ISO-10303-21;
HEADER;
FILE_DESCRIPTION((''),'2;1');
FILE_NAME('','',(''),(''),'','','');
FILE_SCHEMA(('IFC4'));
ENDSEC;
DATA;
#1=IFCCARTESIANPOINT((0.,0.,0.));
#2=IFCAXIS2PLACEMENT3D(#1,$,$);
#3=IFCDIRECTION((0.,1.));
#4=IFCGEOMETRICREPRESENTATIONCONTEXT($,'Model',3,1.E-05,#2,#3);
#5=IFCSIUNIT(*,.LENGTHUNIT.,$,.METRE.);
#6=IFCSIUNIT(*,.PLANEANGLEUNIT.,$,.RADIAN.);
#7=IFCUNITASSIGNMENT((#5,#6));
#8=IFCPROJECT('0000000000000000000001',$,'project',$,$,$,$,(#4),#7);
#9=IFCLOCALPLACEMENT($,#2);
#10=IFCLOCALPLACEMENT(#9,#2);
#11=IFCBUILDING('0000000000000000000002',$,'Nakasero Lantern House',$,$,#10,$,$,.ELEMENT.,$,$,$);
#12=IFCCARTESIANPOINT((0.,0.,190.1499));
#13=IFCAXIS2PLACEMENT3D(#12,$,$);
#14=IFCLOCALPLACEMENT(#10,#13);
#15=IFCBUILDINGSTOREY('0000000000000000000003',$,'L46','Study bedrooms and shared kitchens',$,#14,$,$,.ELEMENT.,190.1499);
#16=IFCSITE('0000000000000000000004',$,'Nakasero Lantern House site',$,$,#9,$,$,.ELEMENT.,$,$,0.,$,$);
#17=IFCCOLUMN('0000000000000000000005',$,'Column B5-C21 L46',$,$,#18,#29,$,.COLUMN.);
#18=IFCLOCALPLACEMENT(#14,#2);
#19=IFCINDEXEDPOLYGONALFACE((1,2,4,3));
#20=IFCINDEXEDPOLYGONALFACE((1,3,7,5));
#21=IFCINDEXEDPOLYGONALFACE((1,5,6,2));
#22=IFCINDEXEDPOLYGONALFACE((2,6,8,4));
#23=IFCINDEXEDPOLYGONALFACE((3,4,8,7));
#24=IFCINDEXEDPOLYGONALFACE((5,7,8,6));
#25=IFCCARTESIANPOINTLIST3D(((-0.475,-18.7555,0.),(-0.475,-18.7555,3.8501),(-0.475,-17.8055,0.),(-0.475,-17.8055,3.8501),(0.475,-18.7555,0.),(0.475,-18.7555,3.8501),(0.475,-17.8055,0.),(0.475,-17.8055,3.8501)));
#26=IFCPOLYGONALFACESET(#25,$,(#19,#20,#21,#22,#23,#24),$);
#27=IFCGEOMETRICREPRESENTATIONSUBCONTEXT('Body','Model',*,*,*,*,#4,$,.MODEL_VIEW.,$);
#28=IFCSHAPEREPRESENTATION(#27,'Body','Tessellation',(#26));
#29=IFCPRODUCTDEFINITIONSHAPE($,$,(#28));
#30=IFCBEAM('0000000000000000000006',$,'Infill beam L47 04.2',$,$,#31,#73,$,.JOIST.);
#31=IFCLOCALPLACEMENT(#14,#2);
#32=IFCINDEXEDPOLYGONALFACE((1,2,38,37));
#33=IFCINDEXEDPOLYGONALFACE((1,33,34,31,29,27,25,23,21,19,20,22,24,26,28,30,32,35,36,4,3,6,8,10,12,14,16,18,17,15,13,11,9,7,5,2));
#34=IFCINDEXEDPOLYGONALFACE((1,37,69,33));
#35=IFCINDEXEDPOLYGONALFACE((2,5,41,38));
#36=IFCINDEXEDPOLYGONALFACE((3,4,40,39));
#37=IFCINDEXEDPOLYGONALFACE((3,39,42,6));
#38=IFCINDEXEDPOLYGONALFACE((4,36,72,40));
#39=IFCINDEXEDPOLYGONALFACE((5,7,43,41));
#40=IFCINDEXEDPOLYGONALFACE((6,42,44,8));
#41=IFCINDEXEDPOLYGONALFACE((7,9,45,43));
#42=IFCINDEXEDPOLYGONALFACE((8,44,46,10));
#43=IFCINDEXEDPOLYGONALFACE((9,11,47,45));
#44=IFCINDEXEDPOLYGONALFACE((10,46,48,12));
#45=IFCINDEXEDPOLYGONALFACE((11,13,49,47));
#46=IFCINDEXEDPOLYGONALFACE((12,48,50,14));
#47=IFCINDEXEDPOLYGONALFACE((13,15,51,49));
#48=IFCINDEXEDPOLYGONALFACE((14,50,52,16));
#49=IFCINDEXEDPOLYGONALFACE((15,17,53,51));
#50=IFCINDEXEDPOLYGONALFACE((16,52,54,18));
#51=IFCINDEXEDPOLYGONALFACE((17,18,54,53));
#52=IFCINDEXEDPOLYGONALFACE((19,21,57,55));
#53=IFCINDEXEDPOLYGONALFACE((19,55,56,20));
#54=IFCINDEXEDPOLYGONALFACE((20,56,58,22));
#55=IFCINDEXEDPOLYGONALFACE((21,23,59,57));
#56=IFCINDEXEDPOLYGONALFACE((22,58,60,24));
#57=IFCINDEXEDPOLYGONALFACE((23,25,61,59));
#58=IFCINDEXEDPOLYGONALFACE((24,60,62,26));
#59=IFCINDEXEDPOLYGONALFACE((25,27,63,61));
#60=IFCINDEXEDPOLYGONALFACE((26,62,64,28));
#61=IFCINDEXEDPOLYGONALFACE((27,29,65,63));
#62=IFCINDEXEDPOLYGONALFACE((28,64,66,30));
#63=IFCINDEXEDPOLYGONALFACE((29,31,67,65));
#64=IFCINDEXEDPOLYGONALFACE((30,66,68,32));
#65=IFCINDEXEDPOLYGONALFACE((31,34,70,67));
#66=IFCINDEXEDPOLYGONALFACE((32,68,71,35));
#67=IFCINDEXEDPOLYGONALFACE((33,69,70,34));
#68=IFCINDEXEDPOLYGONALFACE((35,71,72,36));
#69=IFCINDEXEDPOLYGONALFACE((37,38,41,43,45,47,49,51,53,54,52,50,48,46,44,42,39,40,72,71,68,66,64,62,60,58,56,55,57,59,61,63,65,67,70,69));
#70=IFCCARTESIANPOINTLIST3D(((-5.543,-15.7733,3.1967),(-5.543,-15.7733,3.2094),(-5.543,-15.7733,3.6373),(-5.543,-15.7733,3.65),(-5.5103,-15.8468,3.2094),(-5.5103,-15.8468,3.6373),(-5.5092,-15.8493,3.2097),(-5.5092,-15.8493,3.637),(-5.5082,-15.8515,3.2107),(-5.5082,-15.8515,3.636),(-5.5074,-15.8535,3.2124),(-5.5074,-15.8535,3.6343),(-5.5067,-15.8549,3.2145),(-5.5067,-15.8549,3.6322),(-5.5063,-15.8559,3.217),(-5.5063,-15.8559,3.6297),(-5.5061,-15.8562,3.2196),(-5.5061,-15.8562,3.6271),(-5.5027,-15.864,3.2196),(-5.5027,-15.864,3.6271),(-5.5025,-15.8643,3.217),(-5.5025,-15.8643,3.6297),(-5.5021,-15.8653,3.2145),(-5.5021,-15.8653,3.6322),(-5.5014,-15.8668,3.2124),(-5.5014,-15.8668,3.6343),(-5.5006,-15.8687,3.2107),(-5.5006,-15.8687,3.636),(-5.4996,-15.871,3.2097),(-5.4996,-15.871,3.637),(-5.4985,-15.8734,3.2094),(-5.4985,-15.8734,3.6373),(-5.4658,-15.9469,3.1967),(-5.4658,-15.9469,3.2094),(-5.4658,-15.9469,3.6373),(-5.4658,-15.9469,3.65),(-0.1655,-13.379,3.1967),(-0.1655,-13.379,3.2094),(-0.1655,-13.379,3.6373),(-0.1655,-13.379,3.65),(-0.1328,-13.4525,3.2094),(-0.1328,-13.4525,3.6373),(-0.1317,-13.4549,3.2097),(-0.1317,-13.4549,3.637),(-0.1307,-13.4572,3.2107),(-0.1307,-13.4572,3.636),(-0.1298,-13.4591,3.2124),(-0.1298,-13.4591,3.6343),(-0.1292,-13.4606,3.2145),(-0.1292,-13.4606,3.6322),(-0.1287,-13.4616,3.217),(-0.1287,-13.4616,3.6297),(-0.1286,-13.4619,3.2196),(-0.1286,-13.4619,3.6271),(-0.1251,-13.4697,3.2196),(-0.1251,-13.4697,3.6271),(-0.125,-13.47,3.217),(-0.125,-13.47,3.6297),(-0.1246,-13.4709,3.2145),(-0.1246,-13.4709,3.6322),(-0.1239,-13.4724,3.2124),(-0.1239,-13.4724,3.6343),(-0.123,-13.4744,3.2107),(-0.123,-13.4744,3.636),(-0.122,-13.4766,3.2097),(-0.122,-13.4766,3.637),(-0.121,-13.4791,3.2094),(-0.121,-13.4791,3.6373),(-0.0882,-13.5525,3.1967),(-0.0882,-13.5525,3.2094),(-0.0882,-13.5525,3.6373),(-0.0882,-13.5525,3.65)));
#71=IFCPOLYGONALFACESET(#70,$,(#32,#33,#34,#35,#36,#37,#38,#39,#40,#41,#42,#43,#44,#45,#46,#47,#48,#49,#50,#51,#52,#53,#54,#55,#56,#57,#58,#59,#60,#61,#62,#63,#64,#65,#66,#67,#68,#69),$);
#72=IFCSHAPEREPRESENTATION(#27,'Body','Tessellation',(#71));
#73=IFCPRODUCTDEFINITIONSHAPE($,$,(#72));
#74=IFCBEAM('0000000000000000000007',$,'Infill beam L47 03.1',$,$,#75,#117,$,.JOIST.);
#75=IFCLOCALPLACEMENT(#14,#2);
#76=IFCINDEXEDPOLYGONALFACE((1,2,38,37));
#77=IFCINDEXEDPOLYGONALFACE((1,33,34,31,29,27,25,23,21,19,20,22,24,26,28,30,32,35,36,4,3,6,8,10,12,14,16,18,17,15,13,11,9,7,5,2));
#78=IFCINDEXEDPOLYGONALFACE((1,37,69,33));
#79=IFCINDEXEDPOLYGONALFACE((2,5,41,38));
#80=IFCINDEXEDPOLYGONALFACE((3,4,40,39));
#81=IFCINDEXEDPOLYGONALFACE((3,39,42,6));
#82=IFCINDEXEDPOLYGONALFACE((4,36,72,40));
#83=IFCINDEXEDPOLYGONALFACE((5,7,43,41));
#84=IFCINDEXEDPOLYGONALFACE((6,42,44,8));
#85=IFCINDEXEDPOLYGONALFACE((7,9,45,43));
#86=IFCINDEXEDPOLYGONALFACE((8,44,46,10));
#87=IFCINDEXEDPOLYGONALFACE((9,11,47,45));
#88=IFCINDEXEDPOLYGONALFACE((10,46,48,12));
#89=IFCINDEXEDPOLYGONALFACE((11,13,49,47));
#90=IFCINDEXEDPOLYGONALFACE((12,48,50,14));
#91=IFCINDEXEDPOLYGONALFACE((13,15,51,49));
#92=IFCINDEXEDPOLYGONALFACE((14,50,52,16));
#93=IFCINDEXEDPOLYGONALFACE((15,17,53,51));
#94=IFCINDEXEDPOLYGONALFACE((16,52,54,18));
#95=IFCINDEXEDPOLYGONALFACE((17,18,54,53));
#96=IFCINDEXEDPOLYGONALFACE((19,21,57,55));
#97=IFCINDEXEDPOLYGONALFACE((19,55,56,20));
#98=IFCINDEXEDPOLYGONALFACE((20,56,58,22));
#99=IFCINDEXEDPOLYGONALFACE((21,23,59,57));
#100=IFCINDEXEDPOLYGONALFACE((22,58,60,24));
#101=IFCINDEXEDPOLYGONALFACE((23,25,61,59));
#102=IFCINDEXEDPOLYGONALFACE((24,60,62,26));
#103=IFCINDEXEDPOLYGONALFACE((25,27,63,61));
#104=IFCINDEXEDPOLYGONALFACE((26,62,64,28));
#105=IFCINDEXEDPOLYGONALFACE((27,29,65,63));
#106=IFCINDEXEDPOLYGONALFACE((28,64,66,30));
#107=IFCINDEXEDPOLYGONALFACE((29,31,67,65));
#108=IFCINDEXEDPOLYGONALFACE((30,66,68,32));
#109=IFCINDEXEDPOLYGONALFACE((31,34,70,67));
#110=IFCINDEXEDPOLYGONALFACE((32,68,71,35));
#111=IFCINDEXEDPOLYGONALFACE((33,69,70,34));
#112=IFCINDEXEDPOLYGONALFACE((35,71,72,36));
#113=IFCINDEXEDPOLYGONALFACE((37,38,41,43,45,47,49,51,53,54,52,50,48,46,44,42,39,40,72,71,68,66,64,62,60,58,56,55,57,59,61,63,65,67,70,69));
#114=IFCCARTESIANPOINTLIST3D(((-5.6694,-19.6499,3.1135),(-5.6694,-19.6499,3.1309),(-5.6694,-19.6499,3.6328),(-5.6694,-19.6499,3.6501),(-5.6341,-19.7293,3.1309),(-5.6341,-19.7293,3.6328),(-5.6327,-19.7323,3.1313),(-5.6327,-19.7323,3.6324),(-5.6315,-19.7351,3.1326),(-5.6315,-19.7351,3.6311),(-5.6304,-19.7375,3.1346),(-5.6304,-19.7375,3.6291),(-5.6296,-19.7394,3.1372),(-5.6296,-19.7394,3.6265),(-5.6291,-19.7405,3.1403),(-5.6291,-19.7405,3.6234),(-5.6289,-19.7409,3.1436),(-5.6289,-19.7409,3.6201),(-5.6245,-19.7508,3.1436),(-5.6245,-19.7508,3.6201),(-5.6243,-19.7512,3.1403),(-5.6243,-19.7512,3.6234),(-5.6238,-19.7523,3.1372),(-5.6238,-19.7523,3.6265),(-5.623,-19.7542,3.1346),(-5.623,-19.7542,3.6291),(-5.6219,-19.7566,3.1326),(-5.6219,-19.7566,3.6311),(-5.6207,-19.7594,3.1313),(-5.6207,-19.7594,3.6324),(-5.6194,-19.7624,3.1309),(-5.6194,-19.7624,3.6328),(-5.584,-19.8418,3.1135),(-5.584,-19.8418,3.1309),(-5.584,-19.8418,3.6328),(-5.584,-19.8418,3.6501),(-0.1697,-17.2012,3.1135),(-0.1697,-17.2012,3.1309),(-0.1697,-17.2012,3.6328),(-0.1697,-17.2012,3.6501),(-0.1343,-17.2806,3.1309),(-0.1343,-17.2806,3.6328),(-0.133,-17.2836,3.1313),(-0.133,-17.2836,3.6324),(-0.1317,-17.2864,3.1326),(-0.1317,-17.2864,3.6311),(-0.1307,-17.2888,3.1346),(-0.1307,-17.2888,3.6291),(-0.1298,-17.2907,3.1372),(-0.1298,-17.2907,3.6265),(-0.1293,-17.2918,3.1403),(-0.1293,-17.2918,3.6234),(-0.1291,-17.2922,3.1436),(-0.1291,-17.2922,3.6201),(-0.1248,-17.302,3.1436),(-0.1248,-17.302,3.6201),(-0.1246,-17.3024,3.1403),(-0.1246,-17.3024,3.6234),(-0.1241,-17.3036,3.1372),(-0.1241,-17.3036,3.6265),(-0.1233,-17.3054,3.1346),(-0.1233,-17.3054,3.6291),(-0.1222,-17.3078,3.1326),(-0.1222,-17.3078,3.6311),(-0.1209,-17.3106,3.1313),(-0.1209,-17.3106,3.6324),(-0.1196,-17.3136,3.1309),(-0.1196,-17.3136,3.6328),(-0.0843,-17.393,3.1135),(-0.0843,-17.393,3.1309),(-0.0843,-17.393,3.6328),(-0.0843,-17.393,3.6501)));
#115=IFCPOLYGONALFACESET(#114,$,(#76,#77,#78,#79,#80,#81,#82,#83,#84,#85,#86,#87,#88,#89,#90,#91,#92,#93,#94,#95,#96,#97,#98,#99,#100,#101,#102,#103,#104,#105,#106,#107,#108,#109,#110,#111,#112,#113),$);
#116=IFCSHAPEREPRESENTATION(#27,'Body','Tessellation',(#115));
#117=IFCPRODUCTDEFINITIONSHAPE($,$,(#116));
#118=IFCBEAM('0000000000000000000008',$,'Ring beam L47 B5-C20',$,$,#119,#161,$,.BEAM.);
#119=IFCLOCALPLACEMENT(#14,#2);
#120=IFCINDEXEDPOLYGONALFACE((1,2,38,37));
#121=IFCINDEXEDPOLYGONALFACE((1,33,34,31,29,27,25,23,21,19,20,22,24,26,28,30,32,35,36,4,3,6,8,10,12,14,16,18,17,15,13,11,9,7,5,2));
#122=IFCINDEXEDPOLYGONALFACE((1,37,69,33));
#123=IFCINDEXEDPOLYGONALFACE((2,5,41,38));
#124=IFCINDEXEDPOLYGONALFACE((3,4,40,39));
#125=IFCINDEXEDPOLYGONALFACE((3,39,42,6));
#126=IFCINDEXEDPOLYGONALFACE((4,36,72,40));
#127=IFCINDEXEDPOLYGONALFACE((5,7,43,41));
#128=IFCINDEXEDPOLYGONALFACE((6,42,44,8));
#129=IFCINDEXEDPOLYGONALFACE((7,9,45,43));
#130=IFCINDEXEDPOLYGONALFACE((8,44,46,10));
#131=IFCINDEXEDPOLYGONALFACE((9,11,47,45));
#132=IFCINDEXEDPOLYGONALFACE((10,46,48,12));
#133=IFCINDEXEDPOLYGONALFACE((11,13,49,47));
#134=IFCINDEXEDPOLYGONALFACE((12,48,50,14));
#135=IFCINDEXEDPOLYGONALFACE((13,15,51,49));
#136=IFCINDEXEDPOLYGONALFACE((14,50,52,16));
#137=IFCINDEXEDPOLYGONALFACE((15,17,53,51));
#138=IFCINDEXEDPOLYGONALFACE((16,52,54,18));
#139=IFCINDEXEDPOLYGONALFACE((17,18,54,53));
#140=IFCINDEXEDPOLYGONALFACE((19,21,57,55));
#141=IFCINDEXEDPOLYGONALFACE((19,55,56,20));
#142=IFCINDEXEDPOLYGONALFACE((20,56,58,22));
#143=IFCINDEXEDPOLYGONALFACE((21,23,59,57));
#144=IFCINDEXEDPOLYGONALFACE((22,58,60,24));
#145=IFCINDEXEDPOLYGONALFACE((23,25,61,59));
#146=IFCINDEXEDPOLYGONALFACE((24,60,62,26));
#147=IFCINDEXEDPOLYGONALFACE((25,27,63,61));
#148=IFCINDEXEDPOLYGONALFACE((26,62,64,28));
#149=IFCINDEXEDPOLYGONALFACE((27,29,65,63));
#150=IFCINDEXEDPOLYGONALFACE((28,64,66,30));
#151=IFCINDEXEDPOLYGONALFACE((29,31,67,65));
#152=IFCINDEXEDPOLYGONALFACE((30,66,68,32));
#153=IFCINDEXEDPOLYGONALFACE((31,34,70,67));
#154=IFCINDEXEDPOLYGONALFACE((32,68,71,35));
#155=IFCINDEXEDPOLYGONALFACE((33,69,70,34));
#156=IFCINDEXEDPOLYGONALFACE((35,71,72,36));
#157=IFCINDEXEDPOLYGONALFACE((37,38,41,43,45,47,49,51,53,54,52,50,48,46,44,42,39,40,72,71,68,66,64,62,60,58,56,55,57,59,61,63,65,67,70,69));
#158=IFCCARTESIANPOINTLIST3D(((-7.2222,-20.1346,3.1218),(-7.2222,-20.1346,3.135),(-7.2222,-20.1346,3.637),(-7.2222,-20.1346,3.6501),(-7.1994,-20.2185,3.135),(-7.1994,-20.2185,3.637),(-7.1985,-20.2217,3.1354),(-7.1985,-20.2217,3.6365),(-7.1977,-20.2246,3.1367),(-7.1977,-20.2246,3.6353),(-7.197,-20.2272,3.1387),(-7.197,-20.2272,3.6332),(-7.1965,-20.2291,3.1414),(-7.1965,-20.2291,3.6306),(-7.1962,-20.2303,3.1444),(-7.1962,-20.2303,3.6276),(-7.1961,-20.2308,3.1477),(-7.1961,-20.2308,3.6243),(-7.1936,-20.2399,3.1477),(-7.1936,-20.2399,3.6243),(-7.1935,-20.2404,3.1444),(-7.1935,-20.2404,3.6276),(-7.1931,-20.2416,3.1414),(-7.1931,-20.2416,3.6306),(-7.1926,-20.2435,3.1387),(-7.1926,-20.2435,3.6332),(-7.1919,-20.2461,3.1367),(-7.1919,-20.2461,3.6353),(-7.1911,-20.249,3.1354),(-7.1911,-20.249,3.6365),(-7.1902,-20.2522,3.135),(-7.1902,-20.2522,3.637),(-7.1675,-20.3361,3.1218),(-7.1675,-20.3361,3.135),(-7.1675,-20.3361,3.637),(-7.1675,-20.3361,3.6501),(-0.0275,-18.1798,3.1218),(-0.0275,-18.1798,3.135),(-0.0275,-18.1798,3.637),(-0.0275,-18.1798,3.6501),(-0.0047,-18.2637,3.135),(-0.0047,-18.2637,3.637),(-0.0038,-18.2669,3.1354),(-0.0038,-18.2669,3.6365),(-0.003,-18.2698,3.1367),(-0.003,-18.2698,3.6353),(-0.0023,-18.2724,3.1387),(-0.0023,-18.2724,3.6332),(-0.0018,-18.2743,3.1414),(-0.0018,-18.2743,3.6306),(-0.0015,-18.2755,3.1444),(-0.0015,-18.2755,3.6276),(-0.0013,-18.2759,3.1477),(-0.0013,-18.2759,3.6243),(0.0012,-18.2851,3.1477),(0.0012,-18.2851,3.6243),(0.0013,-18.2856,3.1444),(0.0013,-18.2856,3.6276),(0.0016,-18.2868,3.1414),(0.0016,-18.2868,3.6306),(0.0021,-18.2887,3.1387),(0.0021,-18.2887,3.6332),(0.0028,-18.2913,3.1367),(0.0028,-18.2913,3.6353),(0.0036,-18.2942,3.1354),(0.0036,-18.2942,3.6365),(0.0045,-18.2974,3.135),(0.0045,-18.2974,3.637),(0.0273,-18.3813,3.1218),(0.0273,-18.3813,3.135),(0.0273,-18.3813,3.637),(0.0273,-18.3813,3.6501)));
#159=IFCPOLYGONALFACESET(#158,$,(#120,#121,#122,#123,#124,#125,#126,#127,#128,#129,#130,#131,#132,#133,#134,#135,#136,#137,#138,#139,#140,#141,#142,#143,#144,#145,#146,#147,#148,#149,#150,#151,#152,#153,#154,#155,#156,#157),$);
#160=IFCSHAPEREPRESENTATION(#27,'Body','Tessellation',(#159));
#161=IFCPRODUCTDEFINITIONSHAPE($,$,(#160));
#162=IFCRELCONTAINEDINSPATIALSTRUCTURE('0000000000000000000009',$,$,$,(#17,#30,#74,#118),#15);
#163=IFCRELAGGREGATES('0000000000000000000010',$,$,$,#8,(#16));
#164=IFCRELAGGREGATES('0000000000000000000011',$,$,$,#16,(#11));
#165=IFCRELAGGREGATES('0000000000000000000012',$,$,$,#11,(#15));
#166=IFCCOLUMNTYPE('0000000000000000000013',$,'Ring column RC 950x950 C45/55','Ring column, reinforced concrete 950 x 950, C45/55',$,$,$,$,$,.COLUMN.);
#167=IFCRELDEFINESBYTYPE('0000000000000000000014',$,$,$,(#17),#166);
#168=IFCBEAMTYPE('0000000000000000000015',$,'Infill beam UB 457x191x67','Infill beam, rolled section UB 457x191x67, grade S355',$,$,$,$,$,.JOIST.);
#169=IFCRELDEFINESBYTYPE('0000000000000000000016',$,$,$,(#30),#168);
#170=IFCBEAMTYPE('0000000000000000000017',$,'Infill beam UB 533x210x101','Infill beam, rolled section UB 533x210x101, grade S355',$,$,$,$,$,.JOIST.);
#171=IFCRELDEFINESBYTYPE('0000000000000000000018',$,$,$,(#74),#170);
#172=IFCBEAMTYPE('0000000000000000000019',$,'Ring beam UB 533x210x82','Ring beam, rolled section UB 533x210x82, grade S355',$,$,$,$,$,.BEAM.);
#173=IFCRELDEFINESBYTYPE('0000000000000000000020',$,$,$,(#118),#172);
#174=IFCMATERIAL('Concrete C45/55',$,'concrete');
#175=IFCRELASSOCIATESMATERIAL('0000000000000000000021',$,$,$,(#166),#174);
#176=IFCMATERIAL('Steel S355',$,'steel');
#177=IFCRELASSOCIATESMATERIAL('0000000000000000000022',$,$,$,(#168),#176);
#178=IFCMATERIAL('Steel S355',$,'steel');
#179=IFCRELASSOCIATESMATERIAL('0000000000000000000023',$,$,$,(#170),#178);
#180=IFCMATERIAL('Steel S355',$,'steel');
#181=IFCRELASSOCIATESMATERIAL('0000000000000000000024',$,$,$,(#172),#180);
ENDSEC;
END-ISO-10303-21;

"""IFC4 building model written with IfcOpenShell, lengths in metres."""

from ifc_helpers import new_model, si_unit, direction, frame, origin, origin_2d, place, context, subcontext, project, spatial, rectangle, i_section, extrude, material, material_profile, profile_set, type_object, element, save


model = new_model("IFC4")

# Units and contexts
model_context = context("Model", 3, precision=1e-05, world=origin(), true_north=direction((0.0, 1.0)))
body_context = subcontext(model_context, "Body", "Model", "MODEL_VIEW")
ifc_project = project(units=[si_unit("LENGTHUNIT", "METRE"), si_unit("PLANEANGLEUNIT", "RADIAN")], contexts=[model_context])

# Site, building, storey
site_placement = place(None, origin())
site = spatial("IfcSite", under=ifc_project, at=site_placement, Name="Nakasero Lantern House site", CompositionType="ELEMENT", RefElevation=0.0)
building_placement = place(site_placement, origin())
building = spatial("IfcBuilding", under=site, at=building_placement, Name="Nakasero Lantern House", CompositionType="ELEMENT")
storey_placement = place(building_placement, frame((0.0, 0.0, 190.1499)))
storey = spatial("IfcBuildingStorey", under=building, at=storey_placement, Name="L46", Description="Study bedrooms and shared kitchens", CompositionType="ELEMENT", Elevation=190.1499)

# Column
ifc_material_1 = material(Name="Concrete C45/55", Category="concrete")
ifc_material_profile_1 = material_profile(ifc_material_1, rectangle(XDim=0.95, YDim=0.95, at=origin_2d()), Name="RC 950x950")
ifc_profile_set_1 = profile_set([ifc_material_profile_1], Name="Concrete C45/55")
column_type = type_object("IfcColumnType", Name="Ring column RC 950x950 C45/55", Description="Ring column, reinforced concrete 950 x 950, C45/55", PredefinedType="COLUMN", material=ifc_profile_set_1)
column_placement = place(storey_placement, frame((0.0, -18.2805, 0.0), z_axis=(0.0, 0.0, 1.0), x_axis=(1.0, 0.0, 0.0)))
element("IfcColumn", 1, at=column_placement, inside=storey, type_object=column_type, Name="Column B5-C21 L46", PredefinedType="COLUMN", context=body_context, shape_type="SweptSolid", body=[
    extrude(rectangle(XDim=0.95, YDim=0.95, at=origin_2d()), origin(), (0.0, 0.0, 1.0), 3.8501),
])

# Beams
ifc_material_2 = material(Name="Steel S355", Category="steel")
ifc_material_profile_2 = material_profile(ifc_material_2, i_section(OverallWidth=0.1899, OverallDepth=0.4534, WebThickness=0.0085, FlangeThickness=0.0127, FilletRadius=0.0103, at=origin_2d()), Name="UB 457x191x67")
ifc_profile_set_2 = profile_set([ifc_material_profile_2], Name="Steel S355")
beam_type_1 = type_object("IfcBeamType", Name="Infill beam UB 457x191x67", Description="Infill beam, rolled section UB 457x191x67, grade S355", PredefinedType="JOIST", material=ifc_profile_set_2)
beam_1_placement = place(storey_placement, frame((-5.5044, -15.8601, 3.4233), z_axis=(0.913539, 0.40675, 0.0), x_axis=(-0.40675, 0.913539, 0.0)))
element("IfcBeam", 2, at=beam_1_placement, inside=storey, type_object=beam_type_1, Name="Infill beam L47 04.2", PredefinedType="JOIST", context=body_context, shape_type="SweptSolid", body=[
    extrude(i_section(OverallWidth=0.1899, OverallDepth=0.4534, WebThickness=0.0085, FlangeThickness=0.0127, FilletRadius=0.0103, at=origin_2d()), origin(), (0.0, 0.0, 1.0), 5.8865),
])
ifc_material_3 = material(Name="Steel S355", Category="steel")
ifc_material_profile_3 = material_profile(ifc_material_3, i_section(OverallWidth=0.21, OverallDepth=0.5366, WebThickness=0.0107, FlangeThickness=0.0173, FilletRadius=0.0127, at=origin_2d()), Name="UB 533x210x101")
ifc_profile_set_3 = profile_set([ifc_material_profile_3], Name="Steel S355")
beam_type_2 = type_object("IfcBeamType", Name="Infill beam UB 533x210x101", Description="Infill beam, rolled section UB 533x210x101, grade S355", PredefinedType="JOIST", material=ifc_profile_set_3)
beam_2_placement = place(storey_placement, frame((-5.6267, -19.7458, 3.3818), z_axis=(0.91354, 0.406748, 0.0), x_axis=(-0.406748, 0.91354, 0.0)))
element("IfcBeam", 3, at=beam_2_placement, inside=storey, type_object=beam_type_2, Name="Infill beam L47 03.1", PredefinedType="JOIST", context=body_context, shape_type="SweptSolid", body=[
    extrude(i_section(OverallWidth=0.21, OverallDepth=0.5366, WebThickness=0.0107, FlangeThickness=0.0173, FilletRadius=0.0127, at=origin_2d()), origin(), (0.0, 0.0, 1.0), 6.0203),
])
ifc_material_4 = material(Name="Steel S355", Category="steel")
ifc_material_profile_4 = material_profile(ifc_material_4, i_section(OverallWidth=0.2087, OverallDepth=0.5283, WebThickness=0.0095, FlangeThickness=0.0132, FilletRadius=0.0127, at=origin_2d()), Name="UB 533x210x82")
ifc_profile_set_4 = profile_set([ifc_material_profile_4], Name="Steel S355")
beam_type_3 = type_object("IfcBeamType", Name="Ring beam UB 533x210x82", Description="Ring beam, rolled section UB 533x210x82, grade S355", PredefinedType="BEAM", material=ifc_profile_set_4)
beam_3_placement = place(storey_placement, frame((-7.1948, -20.2354, 3.386), z_axis=(0.965015, 0.262195, 0.0), x_axis=(-0.262195, 0.965015, 0.0)))
element("IfcBeam", 4, at=beam_3_placement, inside=storey, type_object=beam_type_3, Name="Ring beam L47 B5-C20", PredefinedType="BEAM", context=body_context, shape_type="SweptSolid", body=[
    extrude(i_section(OverallWidth=0.2087, OverallDepth=0.5283, WebThickness=0.0095, FlangeThickness=0.0132, FilletRadius=0.0127, at=origin_2d()), origin(), (0.0, 0.0, 1.0), 7.4556),
])

save(model, "model.ifc")
